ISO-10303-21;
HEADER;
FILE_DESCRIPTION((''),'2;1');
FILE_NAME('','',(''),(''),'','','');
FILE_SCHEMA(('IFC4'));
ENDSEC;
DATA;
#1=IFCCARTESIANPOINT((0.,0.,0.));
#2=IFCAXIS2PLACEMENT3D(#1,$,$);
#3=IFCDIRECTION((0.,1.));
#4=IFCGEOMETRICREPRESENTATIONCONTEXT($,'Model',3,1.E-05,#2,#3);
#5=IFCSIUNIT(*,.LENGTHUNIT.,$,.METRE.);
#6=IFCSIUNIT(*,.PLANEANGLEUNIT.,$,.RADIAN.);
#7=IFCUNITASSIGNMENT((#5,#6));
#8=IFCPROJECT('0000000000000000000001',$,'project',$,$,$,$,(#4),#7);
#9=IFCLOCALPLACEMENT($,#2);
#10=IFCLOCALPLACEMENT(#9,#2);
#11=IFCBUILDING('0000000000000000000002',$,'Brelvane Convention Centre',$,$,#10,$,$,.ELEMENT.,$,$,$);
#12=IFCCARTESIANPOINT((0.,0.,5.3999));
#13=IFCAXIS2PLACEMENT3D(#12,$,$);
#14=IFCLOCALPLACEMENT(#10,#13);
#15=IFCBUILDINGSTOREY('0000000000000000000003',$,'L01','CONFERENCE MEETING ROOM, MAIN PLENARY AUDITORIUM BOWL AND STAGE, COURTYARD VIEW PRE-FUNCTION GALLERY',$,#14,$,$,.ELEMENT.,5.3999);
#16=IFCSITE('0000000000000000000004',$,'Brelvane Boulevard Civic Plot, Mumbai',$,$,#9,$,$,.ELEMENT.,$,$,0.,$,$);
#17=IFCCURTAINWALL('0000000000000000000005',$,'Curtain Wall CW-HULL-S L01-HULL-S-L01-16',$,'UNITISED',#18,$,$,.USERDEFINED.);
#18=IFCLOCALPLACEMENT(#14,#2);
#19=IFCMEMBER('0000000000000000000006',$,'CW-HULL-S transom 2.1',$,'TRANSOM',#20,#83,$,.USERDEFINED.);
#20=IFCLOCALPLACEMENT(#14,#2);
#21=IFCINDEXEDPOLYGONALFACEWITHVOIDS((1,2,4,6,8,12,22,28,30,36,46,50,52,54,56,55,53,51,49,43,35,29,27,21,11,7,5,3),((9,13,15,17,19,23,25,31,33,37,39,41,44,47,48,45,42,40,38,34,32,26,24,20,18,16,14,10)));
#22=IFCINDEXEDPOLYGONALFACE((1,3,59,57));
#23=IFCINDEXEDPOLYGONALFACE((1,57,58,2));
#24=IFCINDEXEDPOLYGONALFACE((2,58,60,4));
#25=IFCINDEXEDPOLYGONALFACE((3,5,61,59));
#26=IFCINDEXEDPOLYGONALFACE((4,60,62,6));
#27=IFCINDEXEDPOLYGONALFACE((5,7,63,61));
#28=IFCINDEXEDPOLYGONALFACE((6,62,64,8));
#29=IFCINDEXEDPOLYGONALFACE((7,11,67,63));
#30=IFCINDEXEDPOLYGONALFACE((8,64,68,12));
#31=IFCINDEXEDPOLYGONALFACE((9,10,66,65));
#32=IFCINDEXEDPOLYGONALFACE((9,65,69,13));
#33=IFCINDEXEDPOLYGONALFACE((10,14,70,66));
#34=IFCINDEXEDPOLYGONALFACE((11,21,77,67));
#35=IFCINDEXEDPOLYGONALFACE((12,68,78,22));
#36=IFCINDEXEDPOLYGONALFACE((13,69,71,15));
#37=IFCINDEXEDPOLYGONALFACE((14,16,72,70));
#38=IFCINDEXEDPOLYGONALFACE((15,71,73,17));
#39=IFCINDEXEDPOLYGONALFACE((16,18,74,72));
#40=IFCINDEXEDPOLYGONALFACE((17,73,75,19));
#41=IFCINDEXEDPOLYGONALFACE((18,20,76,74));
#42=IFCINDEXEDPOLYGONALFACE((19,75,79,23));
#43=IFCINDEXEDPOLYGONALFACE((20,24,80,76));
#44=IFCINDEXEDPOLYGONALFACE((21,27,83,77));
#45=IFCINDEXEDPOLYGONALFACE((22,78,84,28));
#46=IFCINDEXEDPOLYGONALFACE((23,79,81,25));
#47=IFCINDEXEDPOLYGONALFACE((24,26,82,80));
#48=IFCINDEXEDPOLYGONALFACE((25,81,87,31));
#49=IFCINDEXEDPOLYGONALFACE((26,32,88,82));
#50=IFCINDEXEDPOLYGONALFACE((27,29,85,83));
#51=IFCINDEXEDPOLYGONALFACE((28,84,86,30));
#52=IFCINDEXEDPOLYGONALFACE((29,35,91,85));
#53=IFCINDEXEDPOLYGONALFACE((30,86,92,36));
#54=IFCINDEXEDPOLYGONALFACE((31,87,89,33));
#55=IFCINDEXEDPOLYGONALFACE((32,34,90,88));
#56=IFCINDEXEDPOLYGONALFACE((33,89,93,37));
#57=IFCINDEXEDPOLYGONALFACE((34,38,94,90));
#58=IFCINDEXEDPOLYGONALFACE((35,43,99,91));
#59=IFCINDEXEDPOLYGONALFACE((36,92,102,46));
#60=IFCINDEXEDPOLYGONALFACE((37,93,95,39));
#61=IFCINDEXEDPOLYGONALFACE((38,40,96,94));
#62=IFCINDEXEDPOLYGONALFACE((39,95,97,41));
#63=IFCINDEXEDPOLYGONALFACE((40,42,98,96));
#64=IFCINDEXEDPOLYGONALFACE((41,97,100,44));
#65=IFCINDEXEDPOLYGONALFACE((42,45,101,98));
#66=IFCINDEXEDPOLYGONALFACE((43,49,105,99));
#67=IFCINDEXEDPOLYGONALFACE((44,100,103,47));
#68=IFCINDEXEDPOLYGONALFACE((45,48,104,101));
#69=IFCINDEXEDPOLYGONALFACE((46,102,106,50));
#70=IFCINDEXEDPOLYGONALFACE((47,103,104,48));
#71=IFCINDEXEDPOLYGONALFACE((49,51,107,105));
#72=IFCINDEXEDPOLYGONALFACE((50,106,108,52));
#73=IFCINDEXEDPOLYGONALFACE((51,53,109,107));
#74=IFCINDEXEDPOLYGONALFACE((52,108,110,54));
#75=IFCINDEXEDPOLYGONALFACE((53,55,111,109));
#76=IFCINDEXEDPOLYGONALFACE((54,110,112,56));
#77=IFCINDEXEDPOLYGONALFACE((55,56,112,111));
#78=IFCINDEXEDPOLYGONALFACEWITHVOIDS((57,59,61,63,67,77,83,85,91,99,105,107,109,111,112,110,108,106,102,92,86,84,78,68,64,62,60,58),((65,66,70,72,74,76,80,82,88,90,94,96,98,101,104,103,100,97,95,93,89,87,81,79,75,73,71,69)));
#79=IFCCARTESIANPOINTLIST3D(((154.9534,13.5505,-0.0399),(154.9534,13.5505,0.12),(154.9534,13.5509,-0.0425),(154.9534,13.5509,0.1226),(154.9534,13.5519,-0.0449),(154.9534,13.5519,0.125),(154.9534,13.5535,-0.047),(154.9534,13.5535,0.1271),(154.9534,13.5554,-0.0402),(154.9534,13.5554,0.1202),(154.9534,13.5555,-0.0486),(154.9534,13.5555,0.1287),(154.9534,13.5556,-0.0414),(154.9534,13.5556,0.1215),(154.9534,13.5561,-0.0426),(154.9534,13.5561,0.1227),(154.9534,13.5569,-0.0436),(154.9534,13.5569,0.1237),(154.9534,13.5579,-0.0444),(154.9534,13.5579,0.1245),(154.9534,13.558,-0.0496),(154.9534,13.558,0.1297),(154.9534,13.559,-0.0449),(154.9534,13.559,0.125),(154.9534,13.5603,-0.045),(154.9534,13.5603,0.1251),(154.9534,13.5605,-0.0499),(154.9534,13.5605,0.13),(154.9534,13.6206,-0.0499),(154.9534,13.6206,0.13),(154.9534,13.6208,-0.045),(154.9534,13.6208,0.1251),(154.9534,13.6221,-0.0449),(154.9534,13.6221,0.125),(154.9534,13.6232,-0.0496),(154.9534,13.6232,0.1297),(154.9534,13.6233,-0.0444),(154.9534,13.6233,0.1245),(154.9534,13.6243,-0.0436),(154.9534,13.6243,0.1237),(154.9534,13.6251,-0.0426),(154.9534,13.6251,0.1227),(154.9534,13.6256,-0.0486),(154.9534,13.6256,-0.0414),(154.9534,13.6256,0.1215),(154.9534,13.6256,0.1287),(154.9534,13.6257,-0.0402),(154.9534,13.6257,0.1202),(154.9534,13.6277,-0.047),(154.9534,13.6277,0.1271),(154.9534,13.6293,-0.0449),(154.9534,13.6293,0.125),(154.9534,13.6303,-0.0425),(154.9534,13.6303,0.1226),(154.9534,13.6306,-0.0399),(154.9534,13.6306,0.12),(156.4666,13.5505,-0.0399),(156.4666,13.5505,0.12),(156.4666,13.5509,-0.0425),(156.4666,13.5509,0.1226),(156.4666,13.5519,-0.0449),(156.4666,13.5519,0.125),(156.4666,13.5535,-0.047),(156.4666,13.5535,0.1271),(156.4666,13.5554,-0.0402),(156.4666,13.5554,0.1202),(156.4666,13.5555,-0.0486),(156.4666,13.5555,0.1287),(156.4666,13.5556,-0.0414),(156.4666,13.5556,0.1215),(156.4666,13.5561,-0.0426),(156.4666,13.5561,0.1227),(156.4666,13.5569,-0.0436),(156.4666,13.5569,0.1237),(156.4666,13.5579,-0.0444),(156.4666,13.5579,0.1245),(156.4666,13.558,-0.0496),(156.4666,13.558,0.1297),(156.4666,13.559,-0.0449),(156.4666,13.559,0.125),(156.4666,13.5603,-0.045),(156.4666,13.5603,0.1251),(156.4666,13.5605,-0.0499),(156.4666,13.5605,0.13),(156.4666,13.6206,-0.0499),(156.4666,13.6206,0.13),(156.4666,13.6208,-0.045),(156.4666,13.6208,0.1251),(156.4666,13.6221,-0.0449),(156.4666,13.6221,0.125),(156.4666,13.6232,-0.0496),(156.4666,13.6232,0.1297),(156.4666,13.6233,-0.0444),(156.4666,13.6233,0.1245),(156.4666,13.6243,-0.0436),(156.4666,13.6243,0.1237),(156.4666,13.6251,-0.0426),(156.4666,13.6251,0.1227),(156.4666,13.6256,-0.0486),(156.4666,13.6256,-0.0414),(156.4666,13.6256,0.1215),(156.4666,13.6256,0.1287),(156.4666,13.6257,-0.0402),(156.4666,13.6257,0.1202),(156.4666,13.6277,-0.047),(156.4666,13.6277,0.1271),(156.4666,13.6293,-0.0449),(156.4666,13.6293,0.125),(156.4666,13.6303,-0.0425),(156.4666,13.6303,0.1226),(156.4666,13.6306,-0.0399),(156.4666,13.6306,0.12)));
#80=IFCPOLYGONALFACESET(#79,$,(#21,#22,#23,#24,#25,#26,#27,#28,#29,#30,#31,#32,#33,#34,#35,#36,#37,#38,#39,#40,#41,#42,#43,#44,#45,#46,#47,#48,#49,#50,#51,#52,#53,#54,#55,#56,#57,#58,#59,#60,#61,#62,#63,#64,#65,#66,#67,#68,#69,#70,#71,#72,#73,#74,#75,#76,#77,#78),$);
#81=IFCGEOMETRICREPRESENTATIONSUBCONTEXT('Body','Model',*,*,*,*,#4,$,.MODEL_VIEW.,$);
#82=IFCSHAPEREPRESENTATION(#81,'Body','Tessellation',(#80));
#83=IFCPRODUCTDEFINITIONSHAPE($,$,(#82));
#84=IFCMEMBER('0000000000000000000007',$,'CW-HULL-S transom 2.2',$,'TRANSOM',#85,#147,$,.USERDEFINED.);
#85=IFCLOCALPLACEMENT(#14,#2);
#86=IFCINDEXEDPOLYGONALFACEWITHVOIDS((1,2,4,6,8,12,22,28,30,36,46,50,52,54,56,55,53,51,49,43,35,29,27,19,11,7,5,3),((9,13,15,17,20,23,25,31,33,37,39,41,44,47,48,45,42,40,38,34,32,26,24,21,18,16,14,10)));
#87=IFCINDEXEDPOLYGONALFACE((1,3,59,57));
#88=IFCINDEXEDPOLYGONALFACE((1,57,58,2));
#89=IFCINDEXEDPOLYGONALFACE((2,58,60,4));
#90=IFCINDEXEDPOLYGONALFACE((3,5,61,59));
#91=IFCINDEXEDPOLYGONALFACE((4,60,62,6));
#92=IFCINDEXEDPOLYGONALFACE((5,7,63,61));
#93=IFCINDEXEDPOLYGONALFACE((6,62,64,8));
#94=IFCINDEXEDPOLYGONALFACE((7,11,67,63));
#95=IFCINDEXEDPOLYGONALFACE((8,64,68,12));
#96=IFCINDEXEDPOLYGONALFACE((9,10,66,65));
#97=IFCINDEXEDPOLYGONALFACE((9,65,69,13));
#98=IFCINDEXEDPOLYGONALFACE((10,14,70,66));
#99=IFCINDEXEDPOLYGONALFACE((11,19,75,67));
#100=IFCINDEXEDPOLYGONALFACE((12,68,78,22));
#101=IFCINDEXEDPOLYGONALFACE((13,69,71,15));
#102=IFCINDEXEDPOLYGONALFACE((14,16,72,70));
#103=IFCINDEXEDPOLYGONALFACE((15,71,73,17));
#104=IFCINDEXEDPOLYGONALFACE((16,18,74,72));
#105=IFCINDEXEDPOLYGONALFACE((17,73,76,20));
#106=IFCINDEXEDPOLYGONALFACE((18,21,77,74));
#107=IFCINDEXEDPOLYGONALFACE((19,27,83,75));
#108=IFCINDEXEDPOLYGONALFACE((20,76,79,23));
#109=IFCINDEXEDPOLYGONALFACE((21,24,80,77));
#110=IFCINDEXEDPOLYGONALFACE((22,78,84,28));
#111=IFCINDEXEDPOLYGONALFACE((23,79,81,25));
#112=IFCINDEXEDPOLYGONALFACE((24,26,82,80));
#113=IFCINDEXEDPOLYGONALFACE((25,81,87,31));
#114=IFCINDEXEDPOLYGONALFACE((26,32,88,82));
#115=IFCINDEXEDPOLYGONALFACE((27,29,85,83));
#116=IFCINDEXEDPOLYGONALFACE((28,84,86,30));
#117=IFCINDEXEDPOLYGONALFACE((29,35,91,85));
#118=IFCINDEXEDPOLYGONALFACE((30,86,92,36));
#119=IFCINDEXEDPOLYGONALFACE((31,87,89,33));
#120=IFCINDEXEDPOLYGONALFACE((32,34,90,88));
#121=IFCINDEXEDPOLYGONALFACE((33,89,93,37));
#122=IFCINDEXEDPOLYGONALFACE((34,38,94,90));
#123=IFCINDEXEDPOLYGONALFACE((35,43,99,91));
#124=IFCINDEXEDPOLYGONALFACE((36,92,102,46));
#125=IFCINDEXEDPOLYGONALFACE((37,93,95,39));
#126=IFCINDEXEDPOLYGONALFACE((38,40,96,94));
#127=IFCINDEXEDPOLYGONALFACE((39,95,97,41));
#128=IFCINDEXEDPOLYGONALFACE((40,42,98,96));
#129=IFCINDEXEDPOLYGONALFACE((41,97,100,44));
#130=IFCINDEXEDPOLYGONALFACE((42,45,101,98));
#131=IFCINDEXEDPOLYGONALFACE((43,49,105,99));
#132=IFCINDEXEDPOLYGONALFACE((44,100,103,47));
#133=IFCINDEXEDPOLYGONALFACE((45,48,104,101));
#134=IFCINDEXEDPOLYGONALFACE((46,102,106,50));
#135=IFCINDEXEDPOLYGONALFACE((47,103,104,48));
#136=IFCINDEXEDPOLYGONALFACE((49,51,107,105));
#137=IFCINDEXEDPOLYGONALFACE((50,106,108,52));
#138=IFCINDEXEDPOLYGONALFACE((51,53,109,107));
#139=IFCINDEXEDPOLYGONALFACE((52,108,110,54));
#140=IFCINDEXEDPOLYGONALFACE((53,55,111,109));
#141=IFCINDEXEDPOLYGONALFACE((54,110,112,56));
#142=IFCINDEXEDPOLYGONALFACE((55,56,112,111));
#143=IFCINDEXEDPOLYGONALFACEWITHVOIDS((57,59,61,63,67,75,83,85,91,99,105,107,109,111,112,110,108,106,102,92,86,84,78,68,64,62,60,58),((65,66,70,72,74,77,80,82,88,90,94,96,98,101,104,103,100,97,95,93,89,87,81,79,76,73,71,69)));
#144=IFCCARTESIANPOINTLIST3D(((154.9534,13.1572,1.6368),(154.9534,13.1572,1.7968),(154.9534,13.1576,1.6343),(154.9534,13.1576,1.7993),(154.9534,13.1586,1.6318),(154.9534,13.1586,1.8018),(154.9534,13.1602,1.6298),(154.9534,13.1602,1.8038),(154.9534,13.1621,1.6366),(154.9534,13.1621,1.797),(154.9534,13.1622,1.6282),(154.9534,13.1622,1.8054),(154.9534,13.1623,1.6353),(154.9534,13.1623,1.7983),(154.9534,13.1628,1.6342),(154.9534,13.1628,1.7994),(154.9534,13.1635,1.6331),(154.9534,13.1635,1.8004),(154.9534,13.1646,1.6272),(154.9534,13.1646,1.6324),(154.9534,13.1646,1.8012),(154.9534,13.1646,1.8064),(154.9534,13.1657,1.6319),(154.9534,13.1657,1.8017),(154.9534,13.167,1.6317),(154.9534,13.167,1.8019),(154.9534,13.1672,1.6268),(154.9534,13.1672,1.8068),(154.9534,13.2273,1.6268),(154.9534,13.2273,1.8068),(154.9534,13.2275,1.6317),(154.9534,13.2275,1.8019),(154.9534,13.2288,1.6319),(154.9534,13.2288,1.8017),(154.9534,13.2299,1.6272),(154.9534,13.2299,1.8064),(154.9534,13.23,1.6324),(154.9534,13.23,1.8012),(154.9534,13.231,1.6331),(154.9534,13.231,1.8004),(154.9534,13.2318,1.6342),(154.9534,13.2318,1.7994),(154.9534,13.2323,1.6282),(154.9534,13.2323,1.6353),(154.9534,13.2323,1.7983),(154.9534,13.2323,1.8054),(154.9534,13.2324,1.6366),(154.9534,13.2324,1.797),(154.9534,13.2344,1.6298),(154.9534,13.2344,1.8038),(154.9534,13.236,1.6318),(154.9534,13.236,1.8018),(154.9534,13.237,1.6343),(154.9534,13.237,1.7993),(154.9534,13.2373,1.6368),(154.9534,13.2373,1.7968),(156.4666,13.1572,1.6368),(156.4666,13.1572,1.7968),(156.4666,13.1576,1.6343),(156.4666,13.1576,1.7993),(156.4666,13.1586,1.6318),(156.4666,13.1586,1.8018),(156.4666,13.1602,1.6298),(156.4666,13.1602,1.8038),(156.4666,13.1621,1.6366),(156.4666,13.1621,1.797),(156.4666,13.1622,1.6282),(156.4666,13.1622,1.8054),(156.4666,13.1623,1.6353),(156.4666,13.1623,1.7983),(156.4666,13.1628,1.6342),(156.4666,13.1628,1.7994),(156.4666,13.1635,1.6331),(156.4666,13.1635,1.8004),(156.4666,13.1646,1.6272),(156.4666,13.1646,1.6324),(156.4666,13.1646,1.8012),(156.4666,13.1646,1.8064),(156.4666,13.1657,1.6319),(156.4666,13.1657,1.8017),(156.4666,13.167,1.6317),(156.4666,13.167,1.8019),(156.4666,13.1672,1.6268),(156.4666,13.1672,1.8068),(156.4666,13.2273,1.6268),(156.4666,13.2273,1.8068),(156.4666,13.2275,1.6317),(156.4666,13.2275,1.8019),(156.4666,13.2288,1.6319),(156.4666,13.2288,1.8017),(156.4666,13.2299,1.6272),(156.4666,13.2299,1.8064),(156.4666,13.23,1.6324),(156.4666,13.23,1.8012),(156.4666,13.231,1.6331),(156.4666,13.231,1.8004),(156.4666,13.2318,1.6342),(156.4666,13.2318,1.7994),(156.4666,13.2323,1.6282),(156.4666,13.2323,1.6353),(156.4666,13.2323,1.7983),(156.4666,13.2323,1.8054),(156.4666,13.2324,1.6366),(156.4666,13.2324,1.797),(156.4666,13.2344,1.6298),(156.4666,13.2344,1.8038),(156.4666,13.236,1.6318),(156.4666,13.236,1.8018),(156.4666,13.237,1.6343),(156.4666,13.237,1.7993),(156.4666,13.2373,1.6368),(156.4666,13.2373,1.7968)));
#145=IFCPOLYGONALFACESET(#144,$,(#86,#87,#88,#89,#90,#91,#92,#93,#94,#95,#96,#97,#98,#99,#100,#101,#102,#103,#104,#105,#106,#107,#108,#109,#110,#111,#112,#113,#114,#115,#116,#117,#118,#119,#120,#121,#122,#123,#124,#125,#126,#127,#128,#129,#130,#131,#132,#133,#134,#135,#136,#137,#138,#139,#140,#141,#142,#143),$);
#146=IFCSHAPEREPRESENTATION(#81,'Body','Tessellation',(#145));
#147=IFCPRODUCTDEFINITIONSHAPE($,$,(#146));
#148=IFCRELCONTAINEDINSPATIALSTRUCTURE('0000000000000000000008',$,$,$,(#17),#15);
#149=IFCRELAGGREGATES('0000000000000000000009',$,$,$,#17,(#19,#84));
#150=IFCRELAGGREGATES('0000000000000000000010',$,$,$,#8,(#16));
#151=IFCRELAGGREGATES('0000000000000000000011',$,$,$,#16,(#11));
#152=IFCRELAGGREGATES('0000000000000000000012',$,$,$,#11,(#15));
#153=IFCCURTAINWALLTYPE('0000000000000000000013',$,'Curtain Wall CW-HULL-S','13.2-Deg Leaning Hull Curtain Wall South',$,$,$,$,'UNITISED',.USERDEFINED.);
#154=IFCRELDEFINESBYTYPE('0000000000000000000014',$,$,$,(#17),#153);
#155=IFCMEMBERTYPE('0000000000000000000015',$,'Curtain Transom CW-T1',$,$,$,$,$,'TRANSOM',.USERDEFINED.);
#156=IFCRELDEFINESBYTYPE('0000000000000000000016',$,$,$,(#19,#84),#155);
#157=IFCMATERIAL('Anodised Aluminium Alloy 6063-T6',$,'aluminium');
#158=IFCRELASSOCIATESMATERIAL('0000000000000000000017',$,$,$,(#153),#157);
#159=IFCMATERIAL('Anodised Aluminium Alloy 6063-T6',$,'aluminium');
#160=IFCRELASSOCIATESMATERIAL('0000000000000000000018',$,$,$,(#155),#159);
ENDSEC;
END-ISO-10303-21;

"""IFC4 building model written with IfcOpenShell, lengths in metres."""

from ifc_helpers import new_model, si_unit, direction, frame, origin, origin_2d, place, context, subcontext, project, spatial, hollow_rectangle, extrude, material, material_profile, profile_set, type_object, element, aggregate, save


model = new_model("IFC4")

# Units and contexts
model_context = context("Model", 3, precision=1e-05, world=origin(), true_north=direction((0.0, 1.0)))
body_context = subcontext(model_context, "Body", "Model", "MODEL_VIEW")
ifc_project = project(units=[si_unit("LENGTHUNIT", "METRE"), si_unit("PLANEANGLEUNIT", "RADIAN")], contexts=[model_context])

# Site, building, storey
site_placement = place(None, origin())
site = spatial("IfcSite", under=ifc_project, at=site_placement, Name="Brelvane Boulevard Civic Plot, Mumbai", CompositionType="ELEMENT", RefElevation=0.0)
building_placement = place(site_placement, origin())
building = spatial("IfcBuilding", under=site, at=building_placement, Name="Brelvane Convention Centre", CompositionType="ELEMENT")
storey_placement = place(building_placement, frame((0.0, 0.0, 5.3999)))
storey = spatial("IfcBuildingStorey", under=building, at=storey_placement, Name="L01", Description="CONFERENCE MEETING ROOM, MAIN PLENARY AUDITORIUM BOWL AND STAGE, COURTYARD VIEW PRE-FUNCTION GALLERY", CompositionType="ELEMENT", Elevation=5.3999)

# Shared definitions
ifc_material_1 = material(Name="Anodised Aluminium Alloy 6063-T6", Category="aluminium")
curtain_wall_type = type_object("IfcCurtainWallType", Name="Curtain Wall CW-HULL-S", Description="13.2-Deg Leaning Hull Curtain Wall South", ElementType="UNITISED", PredefinedType="USERDEFINED", material=ifc_material_1)
ifc_material_2 = material(Name="Anodised Aluminium Alloy 6063-T6", Category="aluminium")
ifc_material_profile = material_profile(ifc_material_2, hollow_rectangle(XDim=0.0801, YDim=0.1799, WallThickness=0.0049, InnerFilletRadius=0.0049, OuterFilletRadius=0.01, at=origin_2d()), Name="ALU-T 180x80x5.0")
ifc_profile_set = profile_set([ifc_material_profile], Name="Anodised Aluminium Alloy 6063-T6")
member_type = type_object("IfcMemberType", Name="Curtain Transom CW-T1", ElementType="TRANSOM", PredefinedType="USERDEFINED", material=ifc_profile_set)

# Curtain wall, members
curtain_wall_1_placement = place(storey_placement, origin())
curtain_wall_1 = element("IfcCurtainWall", 1, at=curtain_wall_1_placement, inside=storey, type_object=curtain_wall_type, Name="Curtain Wall CW-HULL-S L01-HULL-S-L01-16", ObjectType="UNITISED", PredefinedType="USERDEFINED")
member_1_placement = place(storey_placement, frame((154.9534, 13.5906, 0.04), z_axis=(1.0, 0.0, 0.0), x_axis=(0.0, 1.0, 0.0)))
member_1 = element("IfcMember", 2, at=member_1_placement, type_object=member_type, Name="CW-HULL-S transom 2.1", ObjectType="TRANSOM", PredefinedType="USERDEFINED", context=body_context, shape_type="SweptSolid", body=[
    extrude(hollow_rectangle(XDim=0.0801, YDim=0.1799, WallThickness=0.0049, InnerFilletRadius=0.0049, OuterFilletRadius=0.01, at=origin_2d()), origin(), (0.0, 0.0, 1.0), 1.5132),
])
member_2_placement = place(storey_placement, frame((154.9534, 13.1973, 1.7168), z_axis=(1.0, 0.0, 0.0), x_axis=(0.0, 1.0, 0.0)))
member_2 = element("IfcMember", 3, at=member_2_placement, type_object=member_type, Name="CW-HULL-S transom 2.2", ObjectType="TRANSOM", PredefinedType="USERDEFINED", context=body_context, shape_type="SweptSolid", body=[
    extrude(hollow_rectangle(XDim=0.0801, YDim=0.1799, WallThickness=0.0049, InnerFilletRadius=0.0049, OuterFilletRadius=0.01, at=origin_2d()), origin(), (0.0, 0.0, 1.0), 1.5132),
])

aggregate(curtain_wall_1, [member_1, member_2])

save(model, "model.ifc")
